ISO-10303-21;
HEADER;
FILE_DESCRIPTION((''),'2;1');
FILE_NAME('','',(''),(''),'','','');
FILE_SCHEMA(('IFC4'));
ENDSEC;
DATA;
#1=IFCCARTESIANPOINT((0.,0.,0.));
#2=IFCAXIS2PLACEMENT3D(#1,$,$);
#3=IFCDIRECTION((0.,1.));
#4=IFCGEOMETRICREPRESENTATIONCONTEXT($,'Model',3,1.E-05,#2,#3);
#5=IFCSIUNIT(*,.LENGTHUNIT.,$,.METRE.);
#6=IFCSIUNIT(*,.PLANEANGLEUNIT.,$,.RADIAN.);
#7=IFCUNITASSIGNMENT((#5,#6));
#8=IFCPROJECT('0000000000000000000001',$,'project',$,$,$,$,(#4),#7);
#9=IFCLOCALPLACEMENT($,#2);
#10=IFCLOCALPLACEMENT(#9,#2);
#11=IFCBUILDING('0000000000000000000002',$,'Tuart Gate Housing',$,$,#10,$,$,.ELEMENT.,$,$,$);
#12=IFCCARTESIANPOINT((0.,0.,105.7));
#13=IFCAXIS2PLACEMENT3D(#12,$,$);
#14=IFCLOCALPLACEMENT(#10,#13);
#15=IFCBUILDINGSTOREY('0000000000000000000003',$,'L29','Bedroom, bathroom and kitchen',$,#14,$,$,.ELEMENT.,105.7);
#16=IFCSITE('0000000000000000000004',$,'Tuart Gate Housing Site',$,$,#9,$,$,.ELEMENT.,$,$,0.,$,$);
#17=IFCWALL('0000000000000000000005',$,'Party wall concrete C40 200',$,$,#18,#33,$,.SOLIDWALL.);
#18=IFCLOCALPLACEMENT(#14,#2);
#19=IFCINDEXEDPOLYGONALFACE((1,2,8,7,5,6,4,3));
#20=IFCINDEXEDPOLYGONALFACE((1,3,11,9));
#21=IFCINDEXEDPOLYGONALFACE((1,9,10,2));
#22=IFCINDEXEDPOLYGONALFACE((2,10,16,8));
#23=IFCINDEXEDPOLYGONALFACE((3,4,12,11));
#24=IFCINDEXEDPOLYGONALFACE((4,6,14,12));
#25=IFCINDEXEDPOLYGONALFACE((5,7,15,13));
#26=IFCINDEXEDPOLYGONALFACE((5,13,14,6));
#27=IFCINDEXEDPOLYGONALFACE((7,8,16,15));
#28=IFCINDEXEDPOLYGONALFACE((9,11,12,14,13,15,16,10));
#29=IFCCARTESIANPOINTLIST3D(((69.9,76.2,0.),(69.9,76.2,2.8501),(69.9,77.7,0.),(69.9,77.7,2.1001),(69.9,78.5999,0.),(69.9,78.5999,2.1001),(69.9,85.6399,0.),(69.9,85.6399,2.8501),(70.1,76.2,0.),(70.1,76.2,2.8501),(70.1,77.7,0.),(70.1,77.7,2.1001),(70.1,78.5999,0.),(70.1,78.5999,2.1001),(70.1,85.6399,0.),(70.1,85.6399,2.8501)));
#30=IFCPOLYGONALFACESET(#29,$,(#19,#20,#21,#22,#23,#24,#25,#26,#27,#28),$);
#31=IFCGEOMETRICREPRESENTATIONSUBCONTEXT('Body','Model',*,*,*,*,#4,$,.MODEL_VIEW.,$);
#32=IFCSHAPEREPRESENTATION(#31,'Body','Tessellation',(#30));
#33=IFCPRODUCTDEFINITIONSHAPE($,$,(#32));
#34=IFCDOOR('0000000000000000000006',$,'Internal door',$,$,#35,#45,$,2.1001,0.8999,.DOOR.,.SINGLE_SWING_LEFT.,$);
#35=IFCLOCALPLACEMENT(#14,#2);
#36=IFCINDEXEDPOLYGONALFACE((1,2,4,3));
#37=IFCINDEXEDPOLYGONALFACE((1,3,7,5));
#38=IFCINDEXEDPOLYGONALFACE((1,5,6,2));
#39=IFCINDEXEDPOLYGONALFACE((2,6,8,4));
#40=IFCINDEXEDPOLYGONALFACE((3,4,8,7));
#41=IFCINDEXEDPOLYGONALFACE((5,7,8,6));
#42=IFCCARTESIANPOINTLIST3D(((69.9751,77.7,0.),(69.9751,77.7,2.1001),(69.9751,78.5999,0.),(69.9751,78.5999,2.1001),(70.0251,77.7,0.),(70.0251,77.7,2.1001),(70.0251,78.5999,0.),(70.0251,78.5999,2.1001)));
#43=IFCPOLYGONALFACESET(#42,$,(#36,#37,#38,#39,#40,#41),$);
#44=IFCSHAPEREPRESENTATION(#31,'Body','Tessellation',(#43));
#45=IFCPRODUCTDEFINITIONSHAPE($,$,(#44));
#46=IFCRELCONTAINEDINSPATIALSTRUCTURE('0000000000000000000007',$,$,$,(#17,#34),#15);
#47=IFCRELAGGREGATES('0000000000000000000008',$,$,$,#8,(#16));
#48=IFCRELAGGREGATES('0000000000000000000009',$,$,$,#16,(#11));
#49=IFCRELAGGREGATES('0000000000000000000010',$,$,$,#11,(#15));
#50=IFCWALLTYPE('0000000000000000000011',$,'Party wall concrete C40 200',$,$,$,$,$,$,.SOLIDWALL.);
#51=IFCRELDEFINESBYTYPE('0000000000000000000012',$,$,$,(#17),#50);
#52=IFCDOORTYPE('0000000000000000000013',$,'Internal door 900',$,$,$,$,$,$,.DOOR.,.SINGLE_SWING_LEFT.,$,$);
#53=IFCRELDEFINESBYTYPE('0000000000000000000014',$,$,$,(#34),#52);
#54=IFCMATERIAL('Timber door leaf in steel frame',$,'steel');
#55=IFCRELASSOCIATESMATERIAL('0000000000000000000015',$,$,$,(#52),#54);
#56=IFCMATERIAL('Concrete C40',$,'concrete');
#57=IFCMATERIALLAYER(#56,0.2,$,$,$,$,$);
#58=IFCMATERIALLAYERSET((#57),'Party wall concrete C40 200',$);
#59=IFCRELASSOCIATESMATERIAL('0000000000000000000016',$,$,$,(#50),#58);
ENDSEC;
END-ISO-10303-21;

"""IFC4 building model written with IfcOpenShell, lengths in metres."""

from ifc_helpers import new_model, si_unit, direction, frame, frame_2d, origin, place, context, subcontext, project, spatial, rectangle, extrude, material, layer, layer_set, type_object, element, fill, save


model = new_model("IFC4")

# Units and contexts
model_context = context("Model", 3, precision=1e-05, world=origin(), true_north=direction((0.0, 1.0)))
body_context = subcontext(model_context, "Body", "Model", "MODEL_VIEW")
ifc_project = project(units=[si_unit("LENGTHUNIT", "METRE"), si_unit("PLANEANGLEUNIT", "RADIAN")], contexts=[model_context])

# Site, building, storey
site_placement = place(None, origin())
site = spatial("IfcSite", under=ifc_project, at=site_placement, Name="Tuart Gate Housing Site", CompositionType="ELEMENT", RefElevation=0.0)
building_placement = place(site_placement, origin())
building = spatial("IfcBuilding", under=site, at=building_placement, Name="Tuart Gate Housing", CompositionType="ELEMENT")
storey_placement = place(building_placement, frame((0.0, 0.0, 105.7)))
storey = spatial("IfcBuildingStorey", under=building, at=storey_placement, Name="L29", Description="Bedroom, bathroom and kitchen", CompositionType="ELEMENT", Elevation=105.7)

# Shared definitions
ifc_material_1 = material(Name="Timber door leaf in steel frame", Category="steel")
door_type_1 = type_object("IfcDoorType", Name="Internal door 900", OperationType="SINGLE_SWING_LEFT", PredefinedType="DOOR", material=ifc_material_1)

# Shared definitions
ifc_material_2 = material(Name="Concrete C40", Category="concrete")
ifc_layer_1 = layer(ifc_material_2, 0.2)
ifc_layer_set_1 = layer_set([ifc_layer_1], Name="Party wall concrete C40 200")
wall_type_1 = type_object("IfcWallType", Name="Party wall concrete C40 200", PredefinedType="SOLIDWALL", material=ifc_layer_set_1)

# Wall, opening, door
wall_1_placement = place(storey_placement, frame((70.0, 76.2, 0.0), z_axis=(0.0, 0.0, 1.0), x_axis=(0.0, 1.0, 0.0)))
wall_1 = element("IfcWall", 1, at=wall_1_placement, inside=storey, type_object=wall_type_1, Name="Party wall concrete C40 200", PredefinedType="SOLIDWALL", context=body_context, shape_type="SweptSolid", body=[
    extrude(rectangle(XDim=9.4399, YDim=0.2, at=frame_2d((4.72, 0.0))), origin(), (0.0, 0.0, 1.0), 2.8501),
])
opening_1_placement = place(wall_1_placement, frame((1.5, 0.0, 0.0)))
opening_1 = element("IfcOpeningElement", 2, at=opening_1_placement, cuts=wall_1, PredefinedType="OPENING", context=body_context, shape_type="SweptSolid", body=[
    extrude(rectangle(XDim=0.8999, YDim=2.1001, at=frame_2d((0.45, 1.05))), frame((0.0, 0.1099, 0.0), z_axis=(0.0, -1.0, 0.0), x_axis=(1.0, 0.0, 0.0)), (0.0, 0.0, 1.0), 0.22),
])
door_1_placement = place(opening_1_placement, origin())
door_1 = element("IfcDoor", 3, at=door_1_placement, inside=storey, type_object=door_type_1, Name="Internal door", OperationType="SINGLE_SWING_LEFT", OverallHeight=2.1001, OverallWidth=0.8999, PredefinedType="DOOR", context=body_context, shape_type="SweptSolid", body=[
    extrude(rectangle(XDim=0.8999, YDim=2.1001, at=frame_2d((0.45, 1.05))), frame((0.0, 0.0249, 0.0), z_axis=(0.0, -1.0, 0.0), x_axis=(1.0, 0.0, 0.0)), (0.0, 0.0, 1.0), 0.05),
])
fill(opening_1, door_1)

save(model, "model.ifc")
